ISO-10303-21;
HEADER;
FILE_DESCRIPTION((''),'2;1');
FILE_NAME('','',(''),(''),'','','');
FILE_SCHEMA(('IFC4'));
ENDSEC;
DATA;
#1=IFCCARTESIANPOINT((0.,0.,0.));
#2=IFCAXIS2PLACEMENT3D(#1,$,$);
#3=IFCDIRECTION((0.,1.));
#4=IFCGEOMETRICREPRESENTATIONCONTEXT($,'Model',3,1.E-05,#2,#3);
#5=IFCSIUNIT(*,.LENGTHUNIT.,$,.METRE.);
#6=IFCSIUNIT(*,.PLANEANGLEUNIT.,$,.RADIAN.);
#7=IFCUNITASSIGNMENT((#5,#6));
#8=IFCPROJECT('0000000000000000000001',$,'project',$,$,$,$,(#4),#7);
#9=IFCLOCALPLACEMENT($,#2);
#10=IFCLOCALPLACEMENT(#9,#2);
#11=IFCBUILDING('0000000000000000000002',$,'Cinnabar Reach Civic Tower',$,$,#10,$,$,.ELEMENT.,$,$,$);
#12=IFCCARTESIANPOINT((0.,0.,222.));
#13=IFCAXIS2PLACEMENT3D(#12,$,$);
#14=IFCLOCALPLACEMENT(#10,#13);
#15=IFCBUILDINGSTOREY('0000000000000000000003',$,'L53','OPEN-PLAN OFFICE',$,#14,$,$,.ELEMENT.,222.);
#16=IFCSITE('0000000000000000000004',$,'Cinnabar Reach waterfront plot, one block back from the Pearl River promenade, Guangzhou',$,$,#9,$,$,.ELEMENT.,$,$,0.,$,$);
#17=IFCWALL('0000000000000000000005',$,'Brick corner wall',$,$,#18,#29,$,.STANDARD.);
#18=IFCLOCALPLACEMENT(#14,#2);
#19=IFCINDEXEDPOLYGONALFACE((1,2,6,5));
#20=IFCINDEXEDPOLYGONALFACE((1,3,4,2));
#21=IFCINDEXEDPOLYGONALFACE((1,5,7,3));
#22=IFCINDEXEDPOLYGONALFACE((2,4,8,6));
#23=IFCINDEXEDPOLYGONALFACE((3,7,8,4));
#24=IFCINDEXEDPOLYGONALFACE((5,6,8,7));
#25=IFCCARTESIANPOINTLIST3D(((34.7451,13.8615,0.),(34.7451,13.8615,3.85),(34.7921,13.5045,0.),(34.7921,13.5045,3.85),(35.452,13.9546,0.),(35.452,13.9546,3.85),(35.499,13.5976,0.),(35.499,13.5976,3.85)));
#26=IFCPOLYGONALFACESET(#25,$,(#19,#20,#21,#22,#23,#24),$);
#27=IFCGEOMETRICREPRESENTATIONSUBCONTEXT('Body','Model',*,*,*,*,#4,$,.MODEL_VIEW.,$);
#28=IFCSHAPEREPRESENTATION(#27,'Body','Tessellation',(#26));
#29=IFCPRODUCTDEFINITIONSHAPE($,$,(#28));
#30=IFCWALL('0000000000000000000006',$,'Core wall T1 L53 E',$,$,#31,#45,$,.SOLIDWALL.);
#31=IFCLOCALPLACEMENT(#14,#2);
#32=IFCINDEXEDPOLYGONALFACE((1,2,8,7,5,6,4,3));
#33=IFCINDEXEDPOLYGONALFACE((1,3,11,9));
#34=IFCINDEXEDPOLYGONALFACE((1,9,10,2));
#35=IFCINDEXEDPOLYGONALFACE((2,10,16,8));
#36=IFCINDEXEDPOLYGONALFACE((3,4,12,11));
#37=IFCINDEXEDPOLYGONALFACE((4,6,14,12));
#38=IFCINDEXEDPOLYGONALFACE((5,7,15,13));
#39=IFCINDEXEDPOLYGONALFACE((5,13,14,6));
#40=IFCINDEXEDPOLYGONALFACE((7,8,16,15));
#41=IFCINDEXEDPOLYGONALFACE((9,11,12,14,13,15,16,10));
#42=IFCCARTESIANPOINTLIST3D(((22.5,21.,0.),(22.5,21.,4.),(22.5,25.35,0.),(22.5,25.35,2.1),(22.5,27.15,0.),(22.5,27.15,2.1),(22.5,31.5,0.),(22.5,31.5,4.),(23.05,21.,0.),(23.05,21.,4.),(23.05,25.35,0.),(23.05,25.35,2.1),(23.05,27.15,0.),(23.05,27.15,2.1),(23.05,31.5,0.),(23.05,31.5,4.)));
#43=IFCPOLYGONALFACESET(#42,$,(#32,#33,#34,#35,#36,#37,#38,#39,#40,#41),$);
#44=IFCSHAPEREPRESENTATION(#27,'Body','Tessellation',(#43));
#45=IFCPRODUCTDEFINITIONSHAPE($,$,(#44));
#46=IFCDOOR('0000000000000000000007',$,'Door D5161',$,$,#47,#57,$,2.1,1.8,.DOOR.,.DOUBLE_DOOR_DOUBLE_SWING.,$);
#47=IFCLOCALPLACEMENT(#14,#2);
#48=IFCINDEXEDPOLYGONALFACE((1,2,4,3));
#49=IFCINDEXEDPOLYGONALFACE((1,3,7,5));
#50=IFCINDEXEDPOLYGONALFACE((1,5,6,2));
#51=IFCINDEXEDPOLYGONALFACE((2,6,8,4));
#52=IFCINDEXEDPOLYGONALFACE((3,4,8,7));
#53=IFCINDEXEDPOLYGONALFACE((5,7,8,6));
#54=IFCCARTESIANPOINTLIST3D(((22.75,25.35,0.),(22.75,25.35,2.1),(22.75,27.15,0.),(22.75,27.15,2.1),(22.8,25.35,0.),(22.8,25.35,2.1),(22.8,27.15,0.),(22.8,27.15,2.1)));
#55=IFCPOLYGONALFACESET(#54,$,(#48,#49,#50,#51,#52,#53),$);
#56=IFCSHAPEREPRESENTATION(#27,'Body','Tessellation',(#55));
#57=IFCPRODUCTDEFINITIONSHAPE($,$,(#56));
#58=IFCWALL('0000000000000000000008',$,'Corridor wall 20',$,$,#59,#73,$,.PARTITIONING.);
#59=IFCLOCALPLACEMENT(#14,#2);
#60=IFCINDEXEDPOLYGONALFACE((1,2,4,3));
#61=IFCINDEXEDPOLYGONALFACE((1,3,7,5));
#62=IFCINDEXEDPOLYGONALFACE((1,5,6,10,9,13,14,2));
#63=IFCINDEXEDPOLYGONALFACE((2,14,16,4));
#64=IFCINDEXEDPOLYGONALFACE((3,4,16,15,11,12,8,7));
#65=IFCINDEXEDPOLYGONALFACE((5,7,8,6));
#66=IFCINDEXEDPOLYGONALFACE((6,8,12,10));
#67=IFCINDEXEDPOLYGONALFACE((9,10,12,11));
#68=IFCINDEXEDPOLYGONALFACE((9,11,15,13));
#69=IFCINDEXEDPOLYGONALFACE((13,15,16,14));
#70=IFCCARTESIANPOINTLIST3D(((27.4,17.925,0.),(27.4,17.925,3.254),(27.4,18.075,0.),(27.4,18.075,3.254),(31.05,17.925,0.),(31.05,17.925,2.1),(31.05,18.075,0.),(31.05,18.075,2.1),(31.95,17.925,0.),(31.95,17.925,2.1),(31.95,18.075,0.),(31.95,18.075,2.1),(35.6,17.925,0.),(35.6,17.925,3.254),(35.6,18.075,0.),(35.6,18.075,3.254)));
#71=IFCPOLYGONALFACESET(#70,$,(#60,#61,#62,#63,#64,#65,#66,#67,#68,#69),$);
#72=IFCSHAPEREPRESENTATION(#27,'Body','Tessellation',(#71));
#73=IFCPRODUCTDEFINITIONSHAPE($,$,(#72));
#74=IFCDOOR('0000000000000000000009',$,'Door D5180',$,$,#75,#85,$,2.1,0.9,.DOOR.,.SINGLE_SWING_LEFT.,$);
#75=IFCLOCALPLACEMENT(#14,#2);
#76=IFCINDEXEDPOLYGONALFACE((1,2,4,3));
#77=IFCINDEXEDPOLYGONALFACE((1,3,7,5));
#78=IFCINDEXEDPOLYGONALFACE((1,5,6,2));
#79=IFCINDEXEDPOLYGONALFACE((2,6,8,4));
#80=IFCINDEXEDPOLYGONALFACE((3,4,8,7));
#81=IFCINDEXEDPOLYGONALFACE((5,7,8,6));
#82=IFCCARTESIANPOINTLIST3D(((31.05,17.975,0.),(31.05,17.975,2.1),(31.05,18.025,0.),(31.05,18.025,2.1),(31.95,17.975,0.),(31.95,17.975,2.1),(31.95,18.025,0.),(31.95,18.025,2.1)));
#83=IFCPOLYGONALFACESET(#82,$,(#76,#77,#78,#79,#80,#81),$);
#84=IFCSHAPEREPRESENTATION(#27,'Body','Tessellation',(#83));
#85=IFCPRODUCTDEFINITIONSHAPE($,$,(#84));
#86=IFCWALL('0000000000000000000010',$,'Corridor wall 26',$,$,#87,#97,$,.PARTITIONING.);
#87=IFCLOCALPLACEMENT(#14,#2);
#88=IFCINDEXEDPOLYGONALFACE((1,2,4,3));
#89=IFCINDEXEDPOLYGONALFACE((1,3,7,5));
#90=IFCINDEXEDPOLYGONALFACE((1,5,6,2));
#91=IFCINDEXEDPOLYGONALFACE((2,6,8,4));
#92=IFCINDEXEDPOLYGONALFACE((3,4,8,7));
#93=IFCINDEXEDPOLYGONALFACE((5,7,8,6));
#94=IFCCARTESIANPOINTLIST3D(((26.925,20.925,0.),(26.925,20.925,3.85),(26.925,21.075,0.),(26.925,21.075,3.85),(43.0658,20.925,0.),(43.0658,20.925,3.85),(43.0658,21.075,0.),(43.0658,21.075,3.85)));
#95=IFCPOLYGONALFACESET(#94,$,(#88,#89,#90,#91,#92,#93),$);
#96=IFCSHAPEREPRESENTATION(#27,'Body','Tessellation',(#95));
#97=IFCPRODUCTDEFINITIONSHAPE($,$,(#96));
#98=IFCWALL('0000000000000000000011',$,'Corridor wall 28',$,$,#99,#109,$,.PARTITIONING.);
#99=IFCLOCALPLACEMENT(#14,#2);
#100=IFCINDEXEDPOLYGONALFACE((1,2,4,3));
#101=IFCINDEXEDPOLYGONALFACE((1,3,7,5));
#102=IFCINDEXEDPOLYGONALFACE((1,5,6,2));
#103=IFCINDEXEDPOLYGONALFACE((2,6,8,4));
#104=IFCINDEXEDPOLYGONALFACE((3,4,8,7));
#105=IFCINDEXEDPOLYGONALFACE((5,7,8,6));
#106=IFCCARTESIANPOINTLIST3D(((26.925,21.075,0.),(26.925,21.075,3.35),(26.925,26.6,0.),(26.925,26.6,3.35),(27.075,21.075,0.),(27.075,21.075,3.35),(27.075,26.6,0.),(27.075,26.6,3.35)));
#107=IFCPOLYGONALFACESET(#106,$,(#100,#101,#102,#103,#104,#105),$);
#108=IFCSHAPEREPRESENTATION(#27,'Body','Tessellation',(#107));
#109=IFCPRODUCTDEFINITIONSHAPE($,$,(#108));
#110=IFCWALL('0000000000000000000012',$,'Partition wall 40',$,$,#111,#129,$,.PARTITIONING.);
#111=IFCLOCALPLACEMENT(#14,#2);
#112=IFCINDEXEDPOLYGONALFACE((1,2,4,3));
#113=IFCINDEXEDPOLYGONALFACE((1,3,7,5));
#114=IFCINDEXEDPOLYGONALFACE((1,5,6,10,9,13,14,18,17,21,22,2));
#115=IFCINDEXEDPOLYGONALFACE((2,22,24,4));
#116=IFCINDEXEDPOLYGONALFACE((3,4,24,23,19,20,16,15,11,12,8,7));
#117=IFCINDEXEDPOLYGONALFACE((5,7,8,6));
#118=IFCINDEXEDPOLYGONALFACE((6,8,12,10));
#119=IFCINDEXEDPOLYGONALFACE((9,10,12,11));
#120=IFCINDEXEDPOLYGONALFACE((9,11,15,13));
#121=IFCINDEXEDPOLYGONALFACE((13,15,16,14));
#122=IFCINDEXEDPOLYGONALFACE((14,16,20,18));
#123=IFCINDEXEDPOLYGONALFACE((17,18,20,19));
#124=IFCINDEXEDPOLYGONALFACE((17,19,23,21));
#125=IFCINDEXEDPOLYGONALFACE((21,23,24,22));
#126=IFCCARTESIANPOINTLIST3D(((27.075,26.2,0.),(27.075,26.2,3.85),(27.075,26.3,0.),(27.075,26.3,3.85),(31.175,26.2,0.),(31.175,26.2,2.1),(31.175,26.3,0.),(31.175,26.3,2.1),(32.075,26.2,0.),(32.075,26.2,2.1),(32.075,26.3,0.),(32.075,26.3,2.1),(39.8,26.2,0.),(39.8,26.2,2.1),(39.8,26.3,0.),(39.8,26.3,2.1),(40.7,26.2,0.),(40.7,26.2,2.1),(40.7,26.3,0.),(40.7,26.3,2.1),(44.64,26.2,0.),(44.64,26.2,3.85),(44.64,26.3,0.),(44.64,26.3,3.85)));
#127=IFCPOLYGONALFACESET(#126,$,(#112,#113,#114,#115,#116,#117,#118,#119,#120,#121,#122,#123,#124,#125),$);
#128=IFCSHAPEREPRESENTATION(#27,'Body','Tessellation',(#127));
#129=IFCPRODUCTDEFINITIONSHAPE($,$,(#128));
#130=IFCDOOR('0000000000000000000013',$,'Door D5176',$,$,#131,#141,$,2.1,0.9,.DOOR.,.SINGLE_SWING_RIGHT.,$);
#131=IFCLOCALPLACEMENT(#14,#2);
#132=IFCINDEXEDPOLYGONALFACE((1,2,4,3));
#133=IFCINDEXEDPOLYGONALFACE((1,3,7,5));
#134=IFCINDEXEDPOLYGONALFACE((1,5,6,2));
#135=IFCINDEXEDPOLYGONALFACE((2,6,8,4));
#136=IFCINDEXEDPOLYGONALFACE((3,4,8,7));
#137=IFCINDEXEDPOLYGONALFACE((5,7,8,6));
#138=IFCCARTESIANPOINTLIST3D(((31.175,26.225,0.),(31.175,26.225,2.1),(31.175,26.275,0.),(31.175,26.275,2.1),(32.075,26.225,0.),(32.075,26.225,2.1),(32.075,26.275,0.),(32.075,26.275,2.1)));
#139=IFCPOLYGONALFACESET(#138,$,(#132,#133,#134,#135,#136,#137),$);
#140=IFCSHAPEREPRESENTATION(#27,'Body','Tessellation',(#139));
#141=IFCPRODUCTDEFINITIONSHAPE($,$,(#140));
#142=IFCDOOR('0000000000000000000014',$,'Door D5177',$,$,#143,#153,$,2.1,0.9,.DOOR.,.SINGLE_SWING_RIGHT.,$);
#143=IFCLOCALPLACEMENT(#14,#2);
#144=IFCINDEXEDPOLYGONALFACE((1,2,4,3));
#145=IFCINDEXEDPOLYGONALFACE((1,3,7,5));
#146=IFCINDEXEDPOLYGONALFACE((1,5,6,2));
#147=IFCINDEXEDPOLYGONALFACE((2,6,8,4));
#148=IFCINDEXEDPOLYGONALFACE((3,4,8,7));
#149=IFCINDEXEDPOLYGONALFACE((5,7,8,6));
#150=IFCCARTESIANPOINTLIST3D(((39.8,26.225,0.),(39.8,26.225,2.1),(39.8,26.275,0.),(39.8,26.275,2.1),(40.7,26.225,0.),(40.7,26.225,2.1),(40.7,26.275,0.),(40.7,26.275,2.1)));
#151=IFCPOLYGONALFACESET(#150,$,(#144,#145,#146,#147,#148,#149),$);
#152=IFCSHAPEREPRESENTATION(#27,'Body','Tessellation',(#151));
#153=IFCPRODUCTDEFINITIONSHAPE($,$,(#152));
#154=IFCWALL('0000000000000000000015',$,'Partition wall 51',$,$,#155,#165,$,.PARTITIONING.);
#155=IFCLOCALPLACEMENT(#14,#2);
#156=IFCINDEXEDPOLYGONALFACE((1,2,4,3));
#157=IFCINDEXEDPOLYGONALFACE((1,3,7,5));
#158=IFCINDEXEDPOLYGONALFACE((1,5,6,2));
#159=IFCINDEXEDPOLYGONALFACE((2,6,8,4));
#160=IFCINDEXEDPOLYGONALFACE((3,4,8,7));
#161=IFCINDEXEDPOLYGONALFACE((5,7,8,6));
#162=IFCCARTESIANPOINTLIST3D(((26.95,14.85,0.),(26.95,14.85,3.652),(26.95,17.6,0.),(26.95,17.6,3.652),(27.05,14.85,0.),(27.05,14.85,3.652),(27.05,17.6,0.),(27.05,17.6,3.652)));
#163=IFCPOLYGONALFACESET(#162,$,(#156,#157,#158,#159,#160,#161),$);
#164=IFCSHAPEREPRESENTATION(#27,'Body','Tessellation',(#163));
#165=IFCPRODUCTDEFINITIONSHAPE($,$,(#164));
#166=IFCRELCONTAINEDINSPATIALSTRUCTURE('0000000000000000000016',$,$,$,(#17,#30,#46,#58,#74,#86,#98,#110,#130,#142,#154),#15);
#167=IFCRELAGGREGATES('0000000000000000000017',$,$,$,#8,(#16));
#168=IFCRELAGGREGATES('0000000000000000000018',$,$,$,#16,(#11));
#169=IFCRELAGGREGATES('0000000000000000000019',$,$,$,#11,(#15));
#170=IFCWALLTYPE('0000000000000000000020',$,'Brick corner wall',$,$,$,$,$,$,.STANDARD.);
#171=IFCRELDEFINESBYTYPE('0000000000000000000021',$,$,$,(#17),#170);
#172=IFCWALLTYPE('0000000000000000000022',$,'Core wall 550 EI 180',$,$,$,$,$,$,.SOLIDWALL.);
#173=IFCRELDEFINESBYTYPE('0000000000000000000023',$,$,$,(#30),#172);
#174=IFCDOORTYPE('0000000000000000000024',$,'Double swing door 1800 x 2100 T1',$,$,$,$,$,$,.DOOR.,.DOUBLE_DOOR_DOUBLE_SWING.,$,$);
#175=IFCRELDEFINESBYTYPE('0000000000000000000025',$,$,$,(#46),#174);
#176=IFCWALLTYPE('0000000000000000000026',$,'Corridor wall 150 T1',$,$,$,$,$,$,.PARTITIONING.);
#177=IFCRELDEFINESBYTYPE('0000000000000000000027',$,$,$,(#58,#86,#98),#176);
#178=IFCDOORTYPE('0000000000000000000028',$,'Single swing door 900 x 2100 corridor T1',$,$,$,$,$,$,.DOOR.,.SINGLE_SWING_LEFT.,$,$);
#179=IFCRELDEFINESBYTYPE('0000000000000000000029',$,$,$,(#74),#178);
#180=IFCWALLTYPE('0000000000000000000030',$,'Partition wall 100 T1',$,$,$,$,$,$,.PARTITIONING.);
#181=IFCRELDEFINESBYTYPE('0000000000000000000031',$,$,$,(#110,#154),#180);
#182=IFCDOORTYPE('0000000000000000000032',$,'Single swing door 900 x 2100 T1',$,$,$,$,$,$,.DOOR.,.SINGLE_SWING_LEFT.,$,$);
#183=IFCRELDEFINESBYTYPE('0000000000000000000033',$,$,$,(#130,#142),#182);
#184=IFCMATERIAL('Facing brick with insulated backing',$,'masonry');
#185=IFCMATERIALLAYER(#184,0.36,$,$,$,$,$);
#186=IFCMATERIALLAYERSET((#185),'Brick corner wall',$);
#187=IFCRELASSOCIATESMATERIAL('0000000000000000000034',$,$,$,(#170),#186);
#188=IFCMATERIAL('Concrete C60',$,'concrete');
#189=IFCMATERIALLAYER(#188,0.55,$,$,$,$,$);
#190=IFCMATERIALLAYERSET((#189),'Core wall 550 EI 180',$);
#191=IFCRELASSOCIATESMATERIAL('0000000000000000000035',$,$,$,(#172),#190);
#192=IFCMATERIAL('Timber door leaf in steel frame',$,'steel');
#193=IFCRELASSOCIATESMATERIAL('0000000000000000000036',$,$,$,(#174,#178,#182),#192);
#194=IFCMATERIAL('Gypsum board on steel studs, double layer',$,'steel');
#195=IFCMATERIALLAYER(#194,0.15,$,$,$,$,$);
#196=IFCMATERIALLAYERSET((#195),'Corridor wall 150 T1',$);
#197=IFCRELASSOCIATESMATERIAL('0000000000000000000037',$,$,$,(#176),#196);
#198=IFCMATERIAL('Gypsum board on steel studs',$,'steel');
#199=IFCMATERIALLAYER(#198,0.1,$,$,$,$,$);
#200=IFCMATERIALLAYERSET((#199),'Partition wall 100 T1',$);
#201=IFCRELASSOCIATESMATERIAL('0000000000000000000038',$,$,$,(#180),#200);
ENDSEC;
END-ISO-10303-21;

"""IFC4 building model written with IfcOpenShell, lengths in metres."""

from ifc_helpers import new_model, si_unit, direction, frame, frame_2d, origin, place, context, subcontext, project, spatial, rectangle, extrude, material, layer, layer_set, type_object, element, fill, save


model = new_model("IFC4")

# Units and contexts
model_context = context("Model", 3, precision=1e-05, world=origin(), true_north=direction((0.0, 1.0)))
body_context = subcontext(model_context, "Body", "Model", "MODEL_VIEW")
ifc_project = project(units=[si_unit("LENGTHUNIT", "METRE"), si_unit("PLANEANGLEUNIT", "RADIAN")], contexts=[model_context])

# Site, building, storey
site_placement = place(None, origin())
site = spatial("IfcSite", under=ifc_project, at=site_placement, Name="Cinnabar Reach waterfront plot, one block back from the Pearl River promenade, Guangzhou", CompositionType="ELEMENT", RefElevation=0.0)
building_placement = place(site_placement, origin())
building = spatial("IfcBuilding", under=site, at=building_placement, Name="Cinnabar Reach Civic Tower", CompositionType="ELEMENT")
storey_placement = place(building_placement, frame((0.0, 0.0, 222.0)))
storey = spatial("IfcBuildingStorey", under=building, at=storey_placement, Name="L53", Description="OPEN-PLAN OFFICE", CompositionType="ELEMENT", Elevation=222.0)

# Shared definitions
ifc_material_1 = material(Name="Concrete C60", Category="concrete")

# Wall
ifc_material_2 = material(Name="Facing brick with insulated backing", Category="masonry")
ifc_layer_1 = layer(ifc_material_2, 0.36)
ifc_layer_set_1 = layer_set([ifc_layer_1], Name="Brick corner wall")
wall_type_1 = type_object("IfcWallType", Name="Brick corner wall", PredefinedType="STANDARD", material=ifc_layer_set_1)
wall_1_placement = place(storey_placement, frame((34.7686, 13.683, 0.0), z_axis=(0.0, 0.0, 1.0), x_axis=(0.991441, 0.130556, 0.0)))
element("IfcWall", 1, at=wall_1_placement, inside=storey, type_object=wall_type_1, Name="Brick corner wall", PredefinedType="STANDARD", context=body_context, shape_type="SweptSolid", body=[
    extrude(rectangle(XDim=0.7131, YDim=0.36, at=frame_2d((0.3565, 0.0))), origin(), (0.0, 0.0, 1.0), 3.85),
])

# Walls, openings, doors
ifc_layer_2 = layer(ifc_material_1, 0.55)
ifc_layer_set_2 = layer_set([ifc_layer_2], Name="Core wall 550 EI 180")
wall_type_2 = type_object("IfcWallType", Name="Core wall 550 EI 180", PredefinedType="SOLIDWALL", material=ifc_layer_set_2)
wall_2_placement = place(storey_placement, frame((22.775, 21.0, 0.0), z_axis=(0.0, 0.0, 1.0), x_axis=(0.0, 1.0, 0.0)))
wall_2 = element("IfcWall", 2, at=wall_2_placement, inside=storey, type_object=wall_type_2, Name="Core wall T1 L53 E", PredefinedType="SOLIDWALL", context=body_context, shape_type="SweptSolid", body=[
    extrude(rectangle(XDim=10.5, YDim=0.55, at=frame_2d((5.25, 0.0))), origin(), (0.0, 0.0, 1.0), 4.0),
])
opening_1_placement = place(wall_2_placement, frame((4.35, 0.0, 0.0)))
opening_1 = element("IfcOpeningElement", 3, at=opening_1_placement, cuts=wall_2, PredefinedType="OPENING", context=body_context, shape_type="SweptSolid", body=[
    extrude(rectangle(XDim=1.8, YDim=2.1, at=frame_2d((0.9, 1.05))), frame((0.0, 0.285, 0.0), z_axis=(0.0, -1.0, 0.0), x_axis=(1.0, 0.0, 0.0)), (0.0, 0.0, 1.0), 0.57),
])
ifc_material_3 = material(Name="Timber door leaf in steel frame", Category="steel")
door_type_1 = type_object("IfcDoorType", Name="Double swing door 1800 x 2100 T1", OperationType="DOUBLE_DOOR_DOUBLE_SWING", PredefinedType="DOOR", material=ifc_material_3)
door_1_placement = place(opening_1_placement, origin())
door_1 = element("IfcDoor", 4, at=door_1_placement, inside=storey, type_object=door_type_1, Name="Door D5161", OperationType="DOUBLE_DOOR_DOUBLE_SWING", OverallHeight=2.1, OverallWidth=1.8, PredefinedType="DOOR", context=body_context, shape_type="SweptSolid", body=[
    extrude(rectangle(XDim=1.8, YDim=2.1, at=frame_2d((0.9, 1.05))), frame((0.0, 0.025, 0.0), z_axis=(0.0, -1.0, 0.0), x_axis=(1.0, 0.0, 0.0)), (0.0, 0.0, 1.0), 0.05),
])
fill(opening_1, door_1)
ifc_material_4 = material(Name="Gypsum board on steel studs, double layer", Category="steel")
ifc_layer_3 = layer(ifc_material_4, 0.15)
ifc_layer_set_3 = layer_set([ifc_layer_3], Name="Corridor wall 150 T1")
wall_type_3 = type_object("IfcWallType", Name="Corridor wall 150 T1", PredefinedType="PARTITIONING", material=ifc_layer_set_3)
wall_3_placement = place(storey_placement, frame((27.4, 18.0, 0.0), z_axis=(0.0, 0.0, 1.0), x_axis=(1.0, 0.0, 0.0)))
wall_3 = element("IfcWall", 5, at=wall_3_placement, inside=storey, type_object=wall_type_3, Name="Corridor wall 20", PredefinedType="PARTITIONING", context=body_context, shape_type="SweptSolid", body=[
    extrude(rectangle(XDim=8.2, YDim=0.15, at=frame_2d((4.1, 0.0))), origin(), (0.0, 0.0, 1.0), 3.254),
])
opening_2_placement = place(wall_3_placement, frame((3.65, 0.0, 0.0)))
opening_2 = element("IfcOpeningElement", 6, at=opening_2_placement, cuts=wall_3, PredefinedType="OPENING", context=body_context, shape_type="SweptSolid", body=[
    extrude(rectangle(XDim=0.9, YDim=2.1, at=frame_2d((0.45, 1.05))), frame((0.0, 0.085, 0.0), z_axis=(0.0, -1.0, 0.0), x_axis=(1.0, 0.0, 0.0)), (0.0, 0.0, 1.0), 0.17),
])
door_type_2 = type_object("IfcDoorType", Name="Single swing door 900 x 2100 corridor T1", OperationType="SINGLE_SWING_LEFT", PredefinedType="DOOR", material=ifc_material_3)
door_2_placement = place(opening_2_placement, frame((0.9, 0.0, 0.0), z_axis=(0.0, 0.0, 1.0), x_axis=(-1.0, 0.0, 0.0)))
door_2 = element("IfcDoor", 7, at=door_2_placement, inside=storey, type_object=door_type_2, Name="Door D5180", OperationType="SINGLE_SWING_LEFT", OverallHeight=2.1, OverallWidth=0.9, PredefinedType="DOOR", context=body_context, shape_type="SweptSolid", body=[
    extrude(rectangle(XDim=0.9, YDim=2.1, at=frame_2d((0.45, 1.05))), frame((0.0, 0.025, 0.0), z_axis=(0.0, -1.0, 0.0), x_axis=(1.0, 0.0, 0.0)), (0.0, 0.0, 1.0), 0.05),
])
fill(opening_2, door_2)

# Walls
wall_4_placement = place(storey_placement, frame((26.925, 21.0, 0.0), z_axis=(0.0, 0.0, 1.0), x_axis=(1.0, 0.0, 0.0)))
element("IfcWall", 8, at=wall_4_placement, inside=storey, type_object=wall_type_3, Name="Corridor wall 26", PredefinedType="PARTITIONING", context=body_context, shape_type="SweptSolid", body=[
    extrude(rectangle(XDim=16.1409, YDim=0.15, at=frame_2d((8.0704, 0.0))), origin(), (0.0, 0.0, 1.0), 3.85),
])
wall_5_placement = place(storey_placement, frame((27.0, 21.075, 0.0), z_axis=(0.0, 0.0, 1.0), x_axis=(0.0, 1.0, 0.0)))
element("IfcWall", 9, at=wall_5_placement, inside=storey, type_object=wall_type_3, Name="Corridor wall 28", PredefinedType="PARTITIONING", context=body_context, shape_type="SweptSolid", body=[
    extrude(rectangle(XDim=5.525, YDim=0.15, at=frame_2d((2.7625, 0.0))), origin(), (0.0, 0.0, 1.0), 3.35),
])

# Wall, openings, doors
ifc_material_5 = material(Name="Gypsum board on steel studs", Category="steel")
ifc_layer_4 = layer(ifc_material_5, 0.1)
ifc_layer_set_4 = layer_set([ifc_layer_4], Name="Partition wall 100 T1")
wall_type_4 = type_object("IfcWallType", Name="Partition wall 100 T1", PredefinedType="PARTITIONING", material=ifc_layer_set_4)
wall_6_placement = place(storey_placement, frame((27.075, 26.25, 0.0), z_axis=(0.0, 0.0, 1.0), x_axis=(1.0, 0.0, 0.0)))
wall_6 = element("IfcWall", 10, at=wall_6_placement, inside=storey, type_object=wall_type_4, Name="Partition wall 40", PredefinedType="PARTITIONING", context=body_context, shape_type="SweptSolid", body=[
    extrude(rectangle(XDim=17.565, YDim=0.1, at=frame_2d((8.7825, 0.0))), origin(), (0.0, 0.0, 1.0), 3.85),
])
opening_3_placement = place(wall_6_placement, frame((4.1, 0.0, 0.0)))
opening_3 = element("IfcOpeningElement", 11, at=opening_3_placement, cuts=wall_6, PredefinedType="OPENING", context=body_context, shape_type="SweptSolid", body=[
    extrude(rectangle(XDim=0.9, YDim=2.1, at=frame_2d((0.45, 1.05))), frame((0.0, 0.06, 0.0), z_axis=(0.0, -1.0, 0.0), x_axis=(1.0, 0.0, 0.0)), (0.0, 0.0, 1.0), 0.12),
])
opening_4_placement = place(wall_6_placement, frame((12.725, 0.0, 0.0)))
opening_4 = element("IfcOpeningElement", 12, at=opening_4_placement, cuts=wall_6, PredefinedType="OPENING", context=body_context, shape_type="SweptSolid", body=[
    extrude(rectangle(XDim=0.9, YDim=2.1, at=frame_2d((0.45, 1.05))), frame((0.0, 0.06, 0.0), z_axis=(0.0, -1.0, 0.0), x_axis=(1.0, 0.0, 0.0)), (0.0, 0.0, 1.0), 0.12),
])
door_type_3 = type_object("IfcDoorType", Name="Single swing door 900 x 2100 T1", OperationType="SINGLE_SWING_LEFT", PredefinedType="DOOR", material=ifc_material_3)
door_3_placement = place(opening_3_placement, frame((0.9, 0.0, 0.0), z_axis=(0.0, 0.0, 1.0), x_axis=(-1.0, 0.0, 0.0)))
door_3 = element("IfcDoor", 13, at=door_3_placement, inside=storey, type_object=door_type_3, Name="Door D5176", OperationType="SINGLE_SWING_RIGHT", OverallHeight=2.1, OverallWidth=0.9, PredefinedType="DOOR", context=body_context, shape_type="SweptSolid", body=[
    extrude(rectangle(XDim=0.9, YDim=2.1, at=frame_2d((0.45, 1.05))), frame((0.0, 0.025, 0.0), z_axis=(0.0, -1.0, 0.0), x_axis=(1.0, 0.0, 0.0)), (0.0, 0.0, 1.0), 0.05),
])
fill(opening_3, door_3)
door_4_placement = place(opening_4_placement, frame((0.9, 0.0, 0.0), z_axis=(0.0, 0.0, 1.0), x_axis=(-1.0, 0.0, 0.0)))
door_4 = element("IfcDoor", 14, at=door_4_placement, inside=storey, type_object=door_type_3, Name="Door D5177", OperationType="SINGLE_SWING_RIGHT", OverallHeight=2.1, OverallWidth=0.9, PredefinedType="DOOR", context=body_context, shape_type="SweptSolid", body=[
    extrude(rectangle(XDim=0.9, YDim=2.1, at=frame_2d((0.45, 1.05))), frame((0.0, 0.025, 0.0), z_axis=(0.0, -1.0, 0.0), x_axis=(1.0, 0.0, 0.0)), (0.0, 0.0, 1.0), 0.05),
])
fill(opening_4, door_4)

# Wall
wall_7_placement = place(storey_placement, frame((27.0, 14.85, 0.0), z_axis=(0.0, 0.0, 1.0), x_axis=(0.0, 1.0, 0.0)))
element("IfcWall", 15, at=wall_7_placement, inside=storey, type_object=wall_type_4, Name="Partition wall 51", PredefinedType="PARTITIONING", context=body_context, shape_type="SweptSolid", body=[
    extrude(rectangle(XDim=2.75, YDim=0.1, at=frame_2d((1.375, 0.0))), origin(), (0.0, 0.0, 1.0), 3.652),
])

save(model, "model.ifc")
